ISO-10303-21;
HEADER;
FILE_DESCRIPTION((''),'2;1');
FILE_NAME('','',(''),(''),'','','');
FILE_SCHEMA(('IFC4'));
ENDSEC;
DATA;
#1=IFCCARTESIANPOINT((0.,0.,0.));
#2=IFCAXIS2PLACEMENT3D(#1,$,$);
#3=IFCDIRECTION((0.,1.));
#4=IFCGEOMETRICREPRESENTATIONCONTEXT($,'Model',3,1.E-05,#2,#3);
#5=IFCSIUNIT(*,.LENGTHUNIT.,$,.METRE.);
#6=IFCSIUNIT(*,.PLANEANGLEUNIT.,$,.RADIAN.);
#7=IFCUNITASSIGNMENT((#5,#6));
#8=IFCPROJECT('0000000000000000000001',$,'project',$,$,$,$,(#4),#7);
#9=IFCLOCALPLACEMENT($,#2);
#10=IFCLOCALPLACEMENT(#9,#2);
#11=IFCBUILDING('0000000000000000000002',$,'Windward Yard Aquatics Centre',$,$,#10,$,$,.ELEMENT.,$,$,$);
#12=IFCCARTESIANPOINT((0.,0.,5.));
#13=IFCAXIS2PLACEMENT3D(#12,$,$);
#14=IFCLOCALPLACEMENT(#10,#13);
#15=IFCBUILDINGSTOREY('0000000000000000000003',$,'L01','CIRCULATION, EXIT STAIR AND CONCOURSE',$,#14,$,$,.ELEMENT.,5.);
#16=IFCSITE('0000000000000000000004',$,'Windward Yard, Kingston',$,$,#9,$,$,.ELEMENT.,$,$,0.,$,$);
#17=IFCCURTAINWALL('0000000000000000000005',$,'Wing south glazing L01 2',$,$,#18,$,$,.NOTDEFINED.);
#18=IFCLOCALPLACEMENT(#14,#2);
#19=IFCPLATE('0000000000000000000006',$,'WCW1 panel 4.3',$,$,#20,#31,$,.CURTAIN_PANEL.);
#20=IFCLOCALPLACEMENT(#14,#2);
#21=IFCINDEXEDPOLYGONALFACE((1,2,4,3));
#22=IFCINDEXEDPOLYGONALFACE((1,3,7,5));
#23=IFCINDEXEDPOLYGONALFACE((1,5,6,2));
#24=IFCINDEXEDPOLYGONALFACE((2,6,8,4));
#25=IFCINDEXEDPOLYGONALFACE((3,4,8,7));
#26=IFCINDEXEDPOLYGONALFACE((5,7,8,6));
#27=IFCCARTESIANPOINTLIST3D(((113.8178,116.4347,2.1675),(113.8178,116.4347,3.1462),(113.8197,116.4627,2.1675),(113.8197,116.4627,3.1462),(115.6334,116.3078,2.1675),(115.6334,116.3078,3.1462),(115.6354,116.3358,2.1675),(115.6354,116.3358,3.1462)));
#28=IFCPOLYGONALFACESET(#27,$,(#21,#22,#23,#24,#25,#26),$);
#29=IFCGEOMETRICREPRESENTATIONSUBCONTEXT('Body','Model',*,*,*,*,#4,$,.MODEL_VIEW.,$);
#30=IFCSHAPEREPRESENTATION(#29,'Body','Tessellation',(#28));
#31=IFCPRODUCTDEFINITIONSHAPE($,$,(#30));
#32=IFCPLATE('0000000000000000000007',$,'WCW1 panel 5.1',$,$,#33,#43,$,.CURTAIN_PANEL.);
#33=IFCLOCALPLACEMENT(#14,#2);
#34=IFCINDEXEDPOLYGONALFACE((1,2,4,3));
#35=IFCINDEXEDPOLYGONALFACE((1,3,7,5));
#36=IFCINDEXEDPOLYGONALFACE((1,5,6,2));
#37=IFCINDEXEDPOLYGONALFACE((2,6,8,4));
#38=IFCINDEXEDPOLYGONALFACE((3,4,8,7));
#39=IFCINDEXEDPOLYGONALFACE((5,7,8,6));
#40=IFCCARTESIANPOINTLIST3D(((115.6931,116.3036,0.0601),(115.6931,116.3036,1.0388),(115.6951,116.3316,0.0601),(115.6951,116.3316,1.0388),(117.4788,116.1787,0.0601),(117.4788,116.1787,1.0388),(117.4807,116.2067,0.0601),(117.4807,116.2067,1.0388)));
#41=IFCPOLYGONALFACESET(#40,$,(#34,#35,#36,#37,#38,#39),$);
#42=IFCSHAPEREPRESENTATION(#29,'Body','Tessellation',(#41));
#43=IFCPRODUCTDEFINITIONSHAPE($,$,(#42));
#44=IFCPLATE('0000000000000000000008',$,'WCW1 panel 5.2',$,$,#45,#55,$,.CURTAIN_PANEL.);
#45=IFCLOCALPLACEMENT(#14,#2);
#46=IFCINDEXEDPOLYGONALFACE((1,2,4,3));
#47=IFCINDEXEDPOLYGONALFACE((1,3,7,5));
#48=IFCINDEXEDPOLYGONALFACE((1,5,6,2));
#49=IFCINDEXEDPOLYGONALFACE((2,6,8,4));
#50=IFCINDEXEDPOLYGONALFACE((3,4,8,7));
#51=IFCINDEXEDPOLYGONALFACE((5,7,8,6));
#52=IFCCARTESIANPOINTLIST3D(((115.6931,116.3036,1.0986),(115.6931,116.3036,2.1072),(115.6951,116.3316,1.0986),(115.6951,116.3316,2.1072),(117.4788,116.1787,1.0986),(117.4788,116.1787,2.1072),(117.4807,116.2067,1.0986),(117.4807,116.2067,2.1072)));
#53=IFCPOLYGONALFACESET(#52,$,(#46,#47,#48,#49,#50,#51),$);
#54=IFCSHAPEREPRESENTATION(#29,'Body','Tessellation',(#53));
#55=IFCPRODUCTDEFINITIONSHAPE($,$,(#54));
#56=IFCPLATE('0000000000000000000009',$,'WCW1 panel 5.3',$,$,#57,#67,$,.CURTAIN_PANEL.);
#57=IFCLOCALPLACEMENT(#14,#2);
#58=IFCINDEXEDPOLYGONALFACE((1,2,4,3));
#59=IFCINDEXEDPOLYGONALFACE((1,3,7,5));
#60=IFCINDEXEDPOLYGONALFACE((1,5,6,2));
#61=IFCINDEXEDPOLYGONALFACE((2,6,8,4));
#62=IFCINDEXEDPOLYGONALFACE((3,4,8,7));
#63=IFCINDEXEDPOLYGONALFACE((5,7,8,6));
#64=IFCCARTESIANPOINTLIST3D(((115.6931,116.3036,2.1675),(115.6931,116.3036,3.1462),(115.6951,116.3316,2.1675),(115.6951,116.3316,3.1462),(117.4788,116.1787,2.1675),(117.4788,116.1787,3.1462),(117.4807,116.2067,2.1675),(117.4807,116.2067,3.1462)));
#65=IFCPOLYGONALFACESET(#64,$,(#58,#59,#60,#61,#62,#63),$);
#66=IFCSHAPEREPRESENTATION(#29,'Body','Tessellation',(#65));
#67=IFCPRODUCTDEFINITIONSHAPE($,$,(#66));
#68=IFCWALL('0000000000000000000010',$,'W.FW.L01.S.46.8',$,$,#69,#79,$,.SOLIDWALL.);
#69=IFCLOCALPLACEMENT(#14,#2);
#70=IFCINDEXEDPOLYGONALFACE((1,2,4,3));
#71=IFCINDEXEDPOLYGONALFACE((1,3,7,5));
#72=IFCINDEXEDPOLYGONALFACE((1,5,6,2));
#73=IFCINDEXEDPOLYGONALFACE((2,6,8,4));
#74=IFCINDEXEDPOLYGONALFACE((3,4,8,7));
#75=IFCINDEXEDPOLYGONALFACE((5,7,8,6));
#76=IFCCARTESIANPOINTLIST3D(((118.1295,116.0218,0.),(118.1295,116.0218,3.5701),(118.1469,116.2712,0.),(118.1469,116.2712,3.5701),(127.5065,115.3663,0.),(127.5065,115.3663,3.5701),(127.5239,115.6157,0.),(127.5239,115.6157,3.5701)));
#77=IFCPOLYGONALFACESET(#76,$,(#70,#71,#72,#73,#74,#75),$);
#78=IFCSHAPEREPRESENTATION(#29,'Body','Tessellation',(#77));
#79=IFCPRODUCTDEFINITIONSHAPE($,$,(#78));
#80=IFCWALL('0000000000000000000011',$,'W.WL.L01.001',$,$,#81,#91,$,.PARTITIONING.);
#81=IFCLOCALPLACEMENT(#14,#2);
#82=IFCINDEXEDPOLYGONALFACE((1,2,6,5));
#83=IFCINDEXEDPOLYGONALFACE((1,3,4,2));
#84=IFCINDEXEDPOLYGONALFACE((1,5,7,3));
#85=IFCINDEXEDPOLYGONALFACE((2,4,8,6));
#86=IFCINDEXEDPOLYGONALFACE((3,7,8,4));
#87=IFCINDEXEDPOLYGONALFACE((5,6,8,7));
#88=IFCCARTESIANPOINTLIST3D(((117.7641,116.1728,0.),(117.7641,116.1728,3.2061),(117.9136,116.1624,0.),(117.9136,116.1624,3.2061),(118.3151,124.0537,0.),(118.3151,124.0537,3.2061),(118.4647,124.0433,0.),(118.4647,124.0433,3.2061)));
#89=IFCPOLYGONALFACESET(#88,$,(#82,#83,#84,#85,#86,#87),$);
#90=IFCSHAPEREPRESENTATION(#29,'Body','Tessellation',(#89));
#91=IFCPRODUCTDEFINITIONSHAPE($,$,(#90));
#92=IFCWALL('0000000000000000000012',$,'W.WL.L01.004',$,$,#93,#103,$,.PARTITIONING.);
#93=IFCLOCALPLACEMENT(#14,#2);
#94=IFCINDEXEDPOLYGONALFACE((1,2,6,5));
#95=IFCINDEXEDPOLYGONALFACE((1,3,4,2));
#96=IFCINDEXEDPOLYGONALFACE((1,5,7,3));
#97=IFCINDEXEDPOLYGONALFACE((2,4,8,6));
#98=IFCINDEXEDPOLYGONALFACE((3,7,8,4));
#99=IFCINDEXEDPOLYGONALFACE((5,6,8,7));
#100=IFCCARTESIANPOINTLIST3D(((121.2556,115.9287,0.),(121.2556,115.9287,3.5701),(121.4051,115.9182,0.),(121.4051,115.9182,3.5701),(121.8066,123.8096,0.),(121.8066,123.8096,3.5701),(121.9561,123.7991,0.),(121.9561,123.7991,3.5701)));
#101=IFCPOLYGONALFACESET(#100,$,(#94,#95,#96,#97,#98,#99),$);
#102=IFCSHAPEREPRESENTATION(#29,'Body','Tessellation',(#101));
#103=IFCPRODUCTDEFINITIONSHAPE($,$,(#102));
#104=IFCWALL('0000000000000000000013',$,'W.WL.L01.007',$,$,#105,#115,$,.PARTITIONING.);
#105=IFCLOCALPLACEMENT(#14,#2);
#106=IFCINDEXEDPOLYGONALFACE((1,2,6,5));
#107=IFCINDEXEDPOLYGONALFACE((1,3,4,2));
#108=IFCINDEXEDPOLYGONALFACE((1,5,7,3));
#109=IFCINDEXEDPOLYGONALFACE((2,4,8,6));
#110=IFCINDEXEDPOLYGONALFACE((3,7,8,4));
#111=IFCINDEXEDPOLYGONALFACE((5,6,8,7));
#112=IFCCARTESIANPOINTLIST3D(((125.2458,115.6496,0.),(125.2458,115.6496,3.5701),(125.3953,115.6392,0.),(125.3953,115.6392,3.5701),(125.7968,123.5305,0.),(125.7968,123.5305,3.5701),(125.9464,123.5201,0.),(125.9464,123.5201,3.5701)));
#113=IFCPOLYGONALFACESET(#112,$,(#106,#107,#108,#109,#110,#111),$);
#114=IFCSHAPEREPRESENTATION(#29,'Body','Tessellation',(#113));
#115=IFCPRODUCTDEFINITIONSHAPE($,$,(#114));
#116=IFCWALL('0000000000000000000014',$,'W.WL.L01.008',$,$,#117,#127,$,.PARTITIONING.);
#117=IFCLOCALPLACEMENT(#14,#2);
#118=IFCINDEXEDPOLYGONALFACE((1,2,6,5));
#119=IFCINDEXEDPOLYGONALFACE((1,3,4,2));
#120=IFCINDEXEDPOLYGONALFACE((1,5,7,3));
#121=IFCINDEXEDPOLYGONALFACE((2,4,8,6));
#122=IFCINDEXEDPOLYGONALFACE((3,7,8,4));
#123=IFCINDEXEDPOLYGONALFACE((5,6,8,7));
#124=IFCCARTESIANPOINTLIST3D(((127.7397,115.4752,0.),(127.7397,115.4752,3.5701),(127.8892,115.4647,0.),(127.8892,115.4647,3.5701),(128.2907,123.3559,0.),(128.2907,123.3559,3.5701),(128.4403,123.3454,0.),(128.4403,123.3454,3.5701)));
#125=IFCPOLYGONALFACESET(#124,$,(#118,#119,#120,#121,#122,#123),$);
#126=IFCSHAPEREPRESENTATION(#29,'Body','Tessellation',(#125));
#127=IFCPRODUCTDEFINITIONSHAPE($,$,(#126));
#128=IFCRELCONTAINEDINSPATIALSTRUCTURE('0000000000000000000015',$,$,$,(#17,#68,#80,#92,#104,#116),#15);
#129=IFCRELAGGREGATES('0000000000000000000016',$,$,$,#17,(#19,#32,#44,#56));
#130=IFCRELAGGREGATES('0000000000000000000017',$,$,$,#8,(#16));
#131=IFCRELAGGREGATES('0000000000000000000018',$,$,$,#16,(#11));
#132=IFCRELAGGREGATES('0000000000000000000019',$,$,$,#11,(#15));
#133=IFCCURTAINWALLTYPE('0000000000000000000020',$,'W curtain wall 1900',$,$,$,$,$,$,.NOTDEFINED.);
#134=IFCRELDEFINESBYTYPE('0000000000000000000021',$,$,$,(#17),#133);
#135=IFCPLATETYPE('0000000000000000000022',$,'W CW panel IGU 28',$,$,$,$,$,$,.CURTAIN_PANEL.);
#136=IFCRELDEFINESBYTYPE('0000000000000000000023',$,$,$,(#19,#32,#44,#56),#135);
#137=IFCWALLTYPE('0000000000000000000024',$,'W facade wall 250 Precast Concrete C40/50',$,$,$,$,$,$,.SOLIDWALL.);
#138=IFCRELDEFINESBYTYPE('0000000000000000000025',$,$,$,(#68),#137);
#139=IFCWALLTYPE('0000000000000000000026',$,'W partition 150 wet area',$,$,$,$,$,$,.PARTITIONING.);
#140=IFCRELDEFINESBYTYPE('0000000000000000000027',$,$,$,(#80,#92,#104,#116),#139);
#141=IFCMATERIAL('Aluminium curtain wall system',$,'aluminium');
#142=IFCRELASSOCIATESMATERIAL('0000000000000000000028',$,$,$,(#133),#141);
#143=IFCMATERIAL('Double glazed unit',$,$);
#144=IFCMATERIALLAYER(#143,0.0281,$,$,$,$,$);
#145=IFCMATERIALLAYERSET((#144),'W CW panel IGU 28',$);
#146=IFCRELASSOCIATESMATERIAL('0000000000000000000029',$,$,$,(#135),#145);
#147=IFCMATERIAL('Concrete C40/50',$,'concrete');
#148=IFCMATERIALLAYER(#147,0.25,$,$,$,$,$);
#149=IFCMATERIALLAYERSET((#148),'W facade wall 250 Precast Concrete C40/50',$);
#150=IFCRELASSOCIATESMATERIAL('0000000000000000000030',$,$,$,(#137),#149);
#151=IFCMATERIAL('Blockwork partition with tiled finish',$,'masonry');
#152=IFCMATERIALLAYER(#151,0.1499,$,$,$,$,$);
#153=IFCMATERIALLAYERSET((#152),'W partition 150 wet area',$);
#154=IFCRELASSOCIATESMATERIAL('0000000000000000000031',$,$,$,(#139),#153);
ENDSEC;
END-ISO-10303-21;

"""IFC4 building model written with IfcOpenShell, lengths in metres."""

from ifc_helpers import new_model, si_unit, direction, frame, frame_2d, origin, origin_2d, place, context, subcontext, project, spatial, rectangle, extrude, material, layer, layer_set, type_object, element, aggregate, save


model = new_model("IFC4")

# Units and contexts
model_context = context("Model", 3, precision=1e-05, world=origin(), true_north=direction((0.0, 1.0)))
body_context = subcontext(model_context, "Body", "Model", "MODEL_VIEW")
ifc_project = project(units=[si_unit("LENGTHUNIT", "METRE"), si_unit("PLANEANGLEUNIT", "RADIAN")], contexts=[model_context])

# Site, building, storey
site_placement = place(None, origin())
site = spatial("IfcSite", under=ifc_project, at=site_placement, Name="Windward Yard, Kingston", CompositionType="ELEMENT", RefElevation=0.0)
building_placement = place(site_placement, origin())
building = spatial("IfcBuilding", under=site, at=building_placement, Name="Windward Yard Aquatics Centre", CompositionType="ELEMENT")
storey_placement = place(building_placement, frame((0.0, 0.0, 5.0)))
storey = spatial("IfcBuildingStorey", under=building, at=storey_placement, Name="L01", Description="CIRCULATION, EXIT STAIR AND CONCOURSE", CompositionType="ELEMENT", Elevation=5.0)

# Curtain wall
ifc_material_1 = material(Name="Aluminium curtain wall system", Category="aluminium")
curtain_wall_type = type_object("IfcCurtainWallType", Name="W curtain wall 1900", PredefinedType="NOTDEFINED", material=ifc_material_1)
curtain_wall_placement = place(storey_placement, origin())
curtain_wall = element("IfcCurtainWall", 1, at=curtain_wall_placement, inside=storey, type_object=curtain_wall_type, Name="Wing south glazing L01 2", PredefinedType="NOTDEFINED")

# Shared definitions
ifc_material_2 = material(Name="Concrete C40/50", Category="concrete")

# Plates
ifc_material_3 = material(Name="Double glazed unit")
ifc_layer_1 = layer(ifc_material_3, 0.0281)
ifc_layer_set_1 = layer_set([ifc_layer_1], Name="W CW panel IGU 28")
plate_type = type_object("IfcPlateType", Name="W CW panel IGU 28", PredefinedType="CURTAIN_PANEL", material=ifc_layer_set_1)
plate_1_placement = place(storey_placement, frame((114.7266, 116.3853, 2.1675), z_axis=(0.0, 0.0, 1.0), x_axis=(0.997564, -0.069755, 0.0)))
plate_1 = element("IfcPlate", 2, at=plate_1_placement, type_object=plate_type, Name="WCW1 panel 4.3", PredefinedType="CURTAIN_PANEL", context=body_context, shape_type="SweptSolid", body=[
    extrude(rectangle(XDim=1.8201, YDim=0.0281, at=origin_2d()), origin(), (0.0, 0.0, 1.0), 0.9788),
])
plate_2_placement = place(storey_placement, frame((116.5869, 116.2551, 0.0601), z_axis=(0.0, 0.0, 1.0), x_axis=(0.997564, -0.069755, 0.0)))
plate_2 = element("IfcPlate", 3, at=plate_2_placement, type_object=plate_type, Name="WCW1 panel 5.1", PredefinedType="CURTAIN_PANEL", context=body_context, shape_type="SweptSolid", body=[
    extrude(rectangle(XDim=1.79, YDim=0.0281, at=origin_2d()), origin(), (0.0, 0.0, 1.0), 0.9788),
])
plate_3_placement = place(storey_placement, frame((116.5869, 116.2551, 1.0986), z_axis=(0.0, 0.0, 1.0), x_axis=(0.997564, -0.069755, 0.0)))
plate_3 = element("IfcPlate", 4, at=plate_3_placement, type_object=plate_type, Name="WCW1 panel 5.2", PredefinedType="CURTAIN_PANEL", context=body_context, shape_type="SweptSolid", body=[
    extrude(rectangle(XDim=1.79, YDim=0.0281, at=origin_2d()), origin(), (0.0, 0.0, 1.0), 1.0085),
])
plate_4_placement = place(storey_placement, frame((116.5869, 116.2551, 2.1675), z_axis=(0.0, 0.0, 1.0), x_axis=(0.997564, -0.069755, 0.0)))
plate_4 = element("IfcPlate", 5, at=plate_4_placement, type_object=plate_type, Name="WCW1 panel 5.3", PredefinedType="CURTAIN_PANEL", context=body_context, shape_type="SweptSolid", body=[
    extrude(rectangle(XDim=1.79, YDim=0.0281, at=origin_2d()), origin(), (0.0, 0.0, 1.0), 0.9788),
])
aggregate(curtain_wall, [plate_1, plate_2, plate_3, plate_4])

# Walls
ifc_layer_2 = layer(ifc_material_2, 0.25)
ifc_layer_set_2 = layer_set([ifc_layer_2], Name="W facade wall 250 Precast Concrete C40/50")
wall_type_1 = type_object("IfcWallType", Name="W facade wall 250 Precast Concrete C40/50", PredefinedType="SOLIDWALL", material=ifc_layer_set_2)
wall_1_placement = place(storey_placement, frame((118.1382, 116.1465, 0.0), z_axis=(0.0, 0.0, 1.0), x_axis=(0.997565, -0.069737, 0.0)))
element("IfcWall", 6, at=wall_1_placement, inside=storey, type_object=wall_type_1, Name="W.FW.L01.S.46.8", PredefinedType="SOLIDWALL", context=body_context, shape_type="SweptSolid", body=[
    extrude(rectangle(XDim=9.3999, YDim=0.25, at=frame_2d((4.7, 0.0))), origin(), (0.0, 0.0, 1.0), 3.5701),
])
ifc_material_4 = material(Name="Blockwork partition with tiled finish", Category="masonry")
ifc_layer_3 = layer(ifc_material_4, 0.1499)
ifc_layer_set_3 = layer_set([ifc_layer_3], Name="W partition 150 wet area")
wall_type_2 = type_object("IfcWallType", Name="W partition 150 wet area", PredefinedType="PARTITIONING", material=ifc_layer_set_3)
wall_2_placement = place(storey_placement, frame((117.8389, 116.1675, 0.0), z_axis=(0.0, 0.0, 1.0), x_axis=(0.069749, 0.997565, 0.0)))
element("IfcWall", 7, at=wall_2_placement, inside=storey, type_object=wall_type_2, Name="W.WL.L01.001", PredefinedType="PARTITIONING", context=body_context, shape_type="SweptSolid", body=[
    extrude(rectangle(XDim=7.9001, YDim=0.1499, at=frame_2d((3.9502, 0.0))), origin(), (0.0, 0.0, 1.0), 3.2061),
])
for number, where, z_axis, x_axis, name in (
    (8, (121.3303, 115.9233, 0.0), (0.0, 0.0, 1.0), (0.069749, 0.997565, 0.0), "W.WL.L01.004"),
    (9, (125.3206, 115.6443, 0.0), (0.0, 0.0, 1.0), (0.069749, 0.997565, 0.0), "W.WL.L01.007"),
):
    element("IfcWall", number, at=place(storey_placement, frame(where, z_axis=z_axis, x_axis=x_axis)), inside=storey, type_object=wall_type_2, Name=name, PredefinedType="PARTITIONING", context=body_context, shape_type="SweptSolid", body=[
        extrude(rectangle(XDim=7.9001, YDim=0.1499, at=frame_2d((3.9502, 0.0))), origin(), (0.0, 0.0, 1.0), 3.5701),
    ])
wall_3_placement = place(storey_placement, frame((127.8145, 115.47, 0.0), z_axis=(0.0, 0.0, 1.0), x_axis=(0.069751, 0.997564, 0.0)))
element("IfcWall", 10, at=wall_3_placement, inside=storey, type_object=wall_type_2, Name="W.WL.L01.008", PredefinedType="PARTITIONING", context=body_context, shape_type="SweptSolid", body=[
    extrude(rectangle(XDim=7.8999, YDim=0.1499, at=frame_2d((3.95, 0.0))), origin(), (0.0, 0.0, 1.0), 3.5701),
])

save(model, "model.ifc")
